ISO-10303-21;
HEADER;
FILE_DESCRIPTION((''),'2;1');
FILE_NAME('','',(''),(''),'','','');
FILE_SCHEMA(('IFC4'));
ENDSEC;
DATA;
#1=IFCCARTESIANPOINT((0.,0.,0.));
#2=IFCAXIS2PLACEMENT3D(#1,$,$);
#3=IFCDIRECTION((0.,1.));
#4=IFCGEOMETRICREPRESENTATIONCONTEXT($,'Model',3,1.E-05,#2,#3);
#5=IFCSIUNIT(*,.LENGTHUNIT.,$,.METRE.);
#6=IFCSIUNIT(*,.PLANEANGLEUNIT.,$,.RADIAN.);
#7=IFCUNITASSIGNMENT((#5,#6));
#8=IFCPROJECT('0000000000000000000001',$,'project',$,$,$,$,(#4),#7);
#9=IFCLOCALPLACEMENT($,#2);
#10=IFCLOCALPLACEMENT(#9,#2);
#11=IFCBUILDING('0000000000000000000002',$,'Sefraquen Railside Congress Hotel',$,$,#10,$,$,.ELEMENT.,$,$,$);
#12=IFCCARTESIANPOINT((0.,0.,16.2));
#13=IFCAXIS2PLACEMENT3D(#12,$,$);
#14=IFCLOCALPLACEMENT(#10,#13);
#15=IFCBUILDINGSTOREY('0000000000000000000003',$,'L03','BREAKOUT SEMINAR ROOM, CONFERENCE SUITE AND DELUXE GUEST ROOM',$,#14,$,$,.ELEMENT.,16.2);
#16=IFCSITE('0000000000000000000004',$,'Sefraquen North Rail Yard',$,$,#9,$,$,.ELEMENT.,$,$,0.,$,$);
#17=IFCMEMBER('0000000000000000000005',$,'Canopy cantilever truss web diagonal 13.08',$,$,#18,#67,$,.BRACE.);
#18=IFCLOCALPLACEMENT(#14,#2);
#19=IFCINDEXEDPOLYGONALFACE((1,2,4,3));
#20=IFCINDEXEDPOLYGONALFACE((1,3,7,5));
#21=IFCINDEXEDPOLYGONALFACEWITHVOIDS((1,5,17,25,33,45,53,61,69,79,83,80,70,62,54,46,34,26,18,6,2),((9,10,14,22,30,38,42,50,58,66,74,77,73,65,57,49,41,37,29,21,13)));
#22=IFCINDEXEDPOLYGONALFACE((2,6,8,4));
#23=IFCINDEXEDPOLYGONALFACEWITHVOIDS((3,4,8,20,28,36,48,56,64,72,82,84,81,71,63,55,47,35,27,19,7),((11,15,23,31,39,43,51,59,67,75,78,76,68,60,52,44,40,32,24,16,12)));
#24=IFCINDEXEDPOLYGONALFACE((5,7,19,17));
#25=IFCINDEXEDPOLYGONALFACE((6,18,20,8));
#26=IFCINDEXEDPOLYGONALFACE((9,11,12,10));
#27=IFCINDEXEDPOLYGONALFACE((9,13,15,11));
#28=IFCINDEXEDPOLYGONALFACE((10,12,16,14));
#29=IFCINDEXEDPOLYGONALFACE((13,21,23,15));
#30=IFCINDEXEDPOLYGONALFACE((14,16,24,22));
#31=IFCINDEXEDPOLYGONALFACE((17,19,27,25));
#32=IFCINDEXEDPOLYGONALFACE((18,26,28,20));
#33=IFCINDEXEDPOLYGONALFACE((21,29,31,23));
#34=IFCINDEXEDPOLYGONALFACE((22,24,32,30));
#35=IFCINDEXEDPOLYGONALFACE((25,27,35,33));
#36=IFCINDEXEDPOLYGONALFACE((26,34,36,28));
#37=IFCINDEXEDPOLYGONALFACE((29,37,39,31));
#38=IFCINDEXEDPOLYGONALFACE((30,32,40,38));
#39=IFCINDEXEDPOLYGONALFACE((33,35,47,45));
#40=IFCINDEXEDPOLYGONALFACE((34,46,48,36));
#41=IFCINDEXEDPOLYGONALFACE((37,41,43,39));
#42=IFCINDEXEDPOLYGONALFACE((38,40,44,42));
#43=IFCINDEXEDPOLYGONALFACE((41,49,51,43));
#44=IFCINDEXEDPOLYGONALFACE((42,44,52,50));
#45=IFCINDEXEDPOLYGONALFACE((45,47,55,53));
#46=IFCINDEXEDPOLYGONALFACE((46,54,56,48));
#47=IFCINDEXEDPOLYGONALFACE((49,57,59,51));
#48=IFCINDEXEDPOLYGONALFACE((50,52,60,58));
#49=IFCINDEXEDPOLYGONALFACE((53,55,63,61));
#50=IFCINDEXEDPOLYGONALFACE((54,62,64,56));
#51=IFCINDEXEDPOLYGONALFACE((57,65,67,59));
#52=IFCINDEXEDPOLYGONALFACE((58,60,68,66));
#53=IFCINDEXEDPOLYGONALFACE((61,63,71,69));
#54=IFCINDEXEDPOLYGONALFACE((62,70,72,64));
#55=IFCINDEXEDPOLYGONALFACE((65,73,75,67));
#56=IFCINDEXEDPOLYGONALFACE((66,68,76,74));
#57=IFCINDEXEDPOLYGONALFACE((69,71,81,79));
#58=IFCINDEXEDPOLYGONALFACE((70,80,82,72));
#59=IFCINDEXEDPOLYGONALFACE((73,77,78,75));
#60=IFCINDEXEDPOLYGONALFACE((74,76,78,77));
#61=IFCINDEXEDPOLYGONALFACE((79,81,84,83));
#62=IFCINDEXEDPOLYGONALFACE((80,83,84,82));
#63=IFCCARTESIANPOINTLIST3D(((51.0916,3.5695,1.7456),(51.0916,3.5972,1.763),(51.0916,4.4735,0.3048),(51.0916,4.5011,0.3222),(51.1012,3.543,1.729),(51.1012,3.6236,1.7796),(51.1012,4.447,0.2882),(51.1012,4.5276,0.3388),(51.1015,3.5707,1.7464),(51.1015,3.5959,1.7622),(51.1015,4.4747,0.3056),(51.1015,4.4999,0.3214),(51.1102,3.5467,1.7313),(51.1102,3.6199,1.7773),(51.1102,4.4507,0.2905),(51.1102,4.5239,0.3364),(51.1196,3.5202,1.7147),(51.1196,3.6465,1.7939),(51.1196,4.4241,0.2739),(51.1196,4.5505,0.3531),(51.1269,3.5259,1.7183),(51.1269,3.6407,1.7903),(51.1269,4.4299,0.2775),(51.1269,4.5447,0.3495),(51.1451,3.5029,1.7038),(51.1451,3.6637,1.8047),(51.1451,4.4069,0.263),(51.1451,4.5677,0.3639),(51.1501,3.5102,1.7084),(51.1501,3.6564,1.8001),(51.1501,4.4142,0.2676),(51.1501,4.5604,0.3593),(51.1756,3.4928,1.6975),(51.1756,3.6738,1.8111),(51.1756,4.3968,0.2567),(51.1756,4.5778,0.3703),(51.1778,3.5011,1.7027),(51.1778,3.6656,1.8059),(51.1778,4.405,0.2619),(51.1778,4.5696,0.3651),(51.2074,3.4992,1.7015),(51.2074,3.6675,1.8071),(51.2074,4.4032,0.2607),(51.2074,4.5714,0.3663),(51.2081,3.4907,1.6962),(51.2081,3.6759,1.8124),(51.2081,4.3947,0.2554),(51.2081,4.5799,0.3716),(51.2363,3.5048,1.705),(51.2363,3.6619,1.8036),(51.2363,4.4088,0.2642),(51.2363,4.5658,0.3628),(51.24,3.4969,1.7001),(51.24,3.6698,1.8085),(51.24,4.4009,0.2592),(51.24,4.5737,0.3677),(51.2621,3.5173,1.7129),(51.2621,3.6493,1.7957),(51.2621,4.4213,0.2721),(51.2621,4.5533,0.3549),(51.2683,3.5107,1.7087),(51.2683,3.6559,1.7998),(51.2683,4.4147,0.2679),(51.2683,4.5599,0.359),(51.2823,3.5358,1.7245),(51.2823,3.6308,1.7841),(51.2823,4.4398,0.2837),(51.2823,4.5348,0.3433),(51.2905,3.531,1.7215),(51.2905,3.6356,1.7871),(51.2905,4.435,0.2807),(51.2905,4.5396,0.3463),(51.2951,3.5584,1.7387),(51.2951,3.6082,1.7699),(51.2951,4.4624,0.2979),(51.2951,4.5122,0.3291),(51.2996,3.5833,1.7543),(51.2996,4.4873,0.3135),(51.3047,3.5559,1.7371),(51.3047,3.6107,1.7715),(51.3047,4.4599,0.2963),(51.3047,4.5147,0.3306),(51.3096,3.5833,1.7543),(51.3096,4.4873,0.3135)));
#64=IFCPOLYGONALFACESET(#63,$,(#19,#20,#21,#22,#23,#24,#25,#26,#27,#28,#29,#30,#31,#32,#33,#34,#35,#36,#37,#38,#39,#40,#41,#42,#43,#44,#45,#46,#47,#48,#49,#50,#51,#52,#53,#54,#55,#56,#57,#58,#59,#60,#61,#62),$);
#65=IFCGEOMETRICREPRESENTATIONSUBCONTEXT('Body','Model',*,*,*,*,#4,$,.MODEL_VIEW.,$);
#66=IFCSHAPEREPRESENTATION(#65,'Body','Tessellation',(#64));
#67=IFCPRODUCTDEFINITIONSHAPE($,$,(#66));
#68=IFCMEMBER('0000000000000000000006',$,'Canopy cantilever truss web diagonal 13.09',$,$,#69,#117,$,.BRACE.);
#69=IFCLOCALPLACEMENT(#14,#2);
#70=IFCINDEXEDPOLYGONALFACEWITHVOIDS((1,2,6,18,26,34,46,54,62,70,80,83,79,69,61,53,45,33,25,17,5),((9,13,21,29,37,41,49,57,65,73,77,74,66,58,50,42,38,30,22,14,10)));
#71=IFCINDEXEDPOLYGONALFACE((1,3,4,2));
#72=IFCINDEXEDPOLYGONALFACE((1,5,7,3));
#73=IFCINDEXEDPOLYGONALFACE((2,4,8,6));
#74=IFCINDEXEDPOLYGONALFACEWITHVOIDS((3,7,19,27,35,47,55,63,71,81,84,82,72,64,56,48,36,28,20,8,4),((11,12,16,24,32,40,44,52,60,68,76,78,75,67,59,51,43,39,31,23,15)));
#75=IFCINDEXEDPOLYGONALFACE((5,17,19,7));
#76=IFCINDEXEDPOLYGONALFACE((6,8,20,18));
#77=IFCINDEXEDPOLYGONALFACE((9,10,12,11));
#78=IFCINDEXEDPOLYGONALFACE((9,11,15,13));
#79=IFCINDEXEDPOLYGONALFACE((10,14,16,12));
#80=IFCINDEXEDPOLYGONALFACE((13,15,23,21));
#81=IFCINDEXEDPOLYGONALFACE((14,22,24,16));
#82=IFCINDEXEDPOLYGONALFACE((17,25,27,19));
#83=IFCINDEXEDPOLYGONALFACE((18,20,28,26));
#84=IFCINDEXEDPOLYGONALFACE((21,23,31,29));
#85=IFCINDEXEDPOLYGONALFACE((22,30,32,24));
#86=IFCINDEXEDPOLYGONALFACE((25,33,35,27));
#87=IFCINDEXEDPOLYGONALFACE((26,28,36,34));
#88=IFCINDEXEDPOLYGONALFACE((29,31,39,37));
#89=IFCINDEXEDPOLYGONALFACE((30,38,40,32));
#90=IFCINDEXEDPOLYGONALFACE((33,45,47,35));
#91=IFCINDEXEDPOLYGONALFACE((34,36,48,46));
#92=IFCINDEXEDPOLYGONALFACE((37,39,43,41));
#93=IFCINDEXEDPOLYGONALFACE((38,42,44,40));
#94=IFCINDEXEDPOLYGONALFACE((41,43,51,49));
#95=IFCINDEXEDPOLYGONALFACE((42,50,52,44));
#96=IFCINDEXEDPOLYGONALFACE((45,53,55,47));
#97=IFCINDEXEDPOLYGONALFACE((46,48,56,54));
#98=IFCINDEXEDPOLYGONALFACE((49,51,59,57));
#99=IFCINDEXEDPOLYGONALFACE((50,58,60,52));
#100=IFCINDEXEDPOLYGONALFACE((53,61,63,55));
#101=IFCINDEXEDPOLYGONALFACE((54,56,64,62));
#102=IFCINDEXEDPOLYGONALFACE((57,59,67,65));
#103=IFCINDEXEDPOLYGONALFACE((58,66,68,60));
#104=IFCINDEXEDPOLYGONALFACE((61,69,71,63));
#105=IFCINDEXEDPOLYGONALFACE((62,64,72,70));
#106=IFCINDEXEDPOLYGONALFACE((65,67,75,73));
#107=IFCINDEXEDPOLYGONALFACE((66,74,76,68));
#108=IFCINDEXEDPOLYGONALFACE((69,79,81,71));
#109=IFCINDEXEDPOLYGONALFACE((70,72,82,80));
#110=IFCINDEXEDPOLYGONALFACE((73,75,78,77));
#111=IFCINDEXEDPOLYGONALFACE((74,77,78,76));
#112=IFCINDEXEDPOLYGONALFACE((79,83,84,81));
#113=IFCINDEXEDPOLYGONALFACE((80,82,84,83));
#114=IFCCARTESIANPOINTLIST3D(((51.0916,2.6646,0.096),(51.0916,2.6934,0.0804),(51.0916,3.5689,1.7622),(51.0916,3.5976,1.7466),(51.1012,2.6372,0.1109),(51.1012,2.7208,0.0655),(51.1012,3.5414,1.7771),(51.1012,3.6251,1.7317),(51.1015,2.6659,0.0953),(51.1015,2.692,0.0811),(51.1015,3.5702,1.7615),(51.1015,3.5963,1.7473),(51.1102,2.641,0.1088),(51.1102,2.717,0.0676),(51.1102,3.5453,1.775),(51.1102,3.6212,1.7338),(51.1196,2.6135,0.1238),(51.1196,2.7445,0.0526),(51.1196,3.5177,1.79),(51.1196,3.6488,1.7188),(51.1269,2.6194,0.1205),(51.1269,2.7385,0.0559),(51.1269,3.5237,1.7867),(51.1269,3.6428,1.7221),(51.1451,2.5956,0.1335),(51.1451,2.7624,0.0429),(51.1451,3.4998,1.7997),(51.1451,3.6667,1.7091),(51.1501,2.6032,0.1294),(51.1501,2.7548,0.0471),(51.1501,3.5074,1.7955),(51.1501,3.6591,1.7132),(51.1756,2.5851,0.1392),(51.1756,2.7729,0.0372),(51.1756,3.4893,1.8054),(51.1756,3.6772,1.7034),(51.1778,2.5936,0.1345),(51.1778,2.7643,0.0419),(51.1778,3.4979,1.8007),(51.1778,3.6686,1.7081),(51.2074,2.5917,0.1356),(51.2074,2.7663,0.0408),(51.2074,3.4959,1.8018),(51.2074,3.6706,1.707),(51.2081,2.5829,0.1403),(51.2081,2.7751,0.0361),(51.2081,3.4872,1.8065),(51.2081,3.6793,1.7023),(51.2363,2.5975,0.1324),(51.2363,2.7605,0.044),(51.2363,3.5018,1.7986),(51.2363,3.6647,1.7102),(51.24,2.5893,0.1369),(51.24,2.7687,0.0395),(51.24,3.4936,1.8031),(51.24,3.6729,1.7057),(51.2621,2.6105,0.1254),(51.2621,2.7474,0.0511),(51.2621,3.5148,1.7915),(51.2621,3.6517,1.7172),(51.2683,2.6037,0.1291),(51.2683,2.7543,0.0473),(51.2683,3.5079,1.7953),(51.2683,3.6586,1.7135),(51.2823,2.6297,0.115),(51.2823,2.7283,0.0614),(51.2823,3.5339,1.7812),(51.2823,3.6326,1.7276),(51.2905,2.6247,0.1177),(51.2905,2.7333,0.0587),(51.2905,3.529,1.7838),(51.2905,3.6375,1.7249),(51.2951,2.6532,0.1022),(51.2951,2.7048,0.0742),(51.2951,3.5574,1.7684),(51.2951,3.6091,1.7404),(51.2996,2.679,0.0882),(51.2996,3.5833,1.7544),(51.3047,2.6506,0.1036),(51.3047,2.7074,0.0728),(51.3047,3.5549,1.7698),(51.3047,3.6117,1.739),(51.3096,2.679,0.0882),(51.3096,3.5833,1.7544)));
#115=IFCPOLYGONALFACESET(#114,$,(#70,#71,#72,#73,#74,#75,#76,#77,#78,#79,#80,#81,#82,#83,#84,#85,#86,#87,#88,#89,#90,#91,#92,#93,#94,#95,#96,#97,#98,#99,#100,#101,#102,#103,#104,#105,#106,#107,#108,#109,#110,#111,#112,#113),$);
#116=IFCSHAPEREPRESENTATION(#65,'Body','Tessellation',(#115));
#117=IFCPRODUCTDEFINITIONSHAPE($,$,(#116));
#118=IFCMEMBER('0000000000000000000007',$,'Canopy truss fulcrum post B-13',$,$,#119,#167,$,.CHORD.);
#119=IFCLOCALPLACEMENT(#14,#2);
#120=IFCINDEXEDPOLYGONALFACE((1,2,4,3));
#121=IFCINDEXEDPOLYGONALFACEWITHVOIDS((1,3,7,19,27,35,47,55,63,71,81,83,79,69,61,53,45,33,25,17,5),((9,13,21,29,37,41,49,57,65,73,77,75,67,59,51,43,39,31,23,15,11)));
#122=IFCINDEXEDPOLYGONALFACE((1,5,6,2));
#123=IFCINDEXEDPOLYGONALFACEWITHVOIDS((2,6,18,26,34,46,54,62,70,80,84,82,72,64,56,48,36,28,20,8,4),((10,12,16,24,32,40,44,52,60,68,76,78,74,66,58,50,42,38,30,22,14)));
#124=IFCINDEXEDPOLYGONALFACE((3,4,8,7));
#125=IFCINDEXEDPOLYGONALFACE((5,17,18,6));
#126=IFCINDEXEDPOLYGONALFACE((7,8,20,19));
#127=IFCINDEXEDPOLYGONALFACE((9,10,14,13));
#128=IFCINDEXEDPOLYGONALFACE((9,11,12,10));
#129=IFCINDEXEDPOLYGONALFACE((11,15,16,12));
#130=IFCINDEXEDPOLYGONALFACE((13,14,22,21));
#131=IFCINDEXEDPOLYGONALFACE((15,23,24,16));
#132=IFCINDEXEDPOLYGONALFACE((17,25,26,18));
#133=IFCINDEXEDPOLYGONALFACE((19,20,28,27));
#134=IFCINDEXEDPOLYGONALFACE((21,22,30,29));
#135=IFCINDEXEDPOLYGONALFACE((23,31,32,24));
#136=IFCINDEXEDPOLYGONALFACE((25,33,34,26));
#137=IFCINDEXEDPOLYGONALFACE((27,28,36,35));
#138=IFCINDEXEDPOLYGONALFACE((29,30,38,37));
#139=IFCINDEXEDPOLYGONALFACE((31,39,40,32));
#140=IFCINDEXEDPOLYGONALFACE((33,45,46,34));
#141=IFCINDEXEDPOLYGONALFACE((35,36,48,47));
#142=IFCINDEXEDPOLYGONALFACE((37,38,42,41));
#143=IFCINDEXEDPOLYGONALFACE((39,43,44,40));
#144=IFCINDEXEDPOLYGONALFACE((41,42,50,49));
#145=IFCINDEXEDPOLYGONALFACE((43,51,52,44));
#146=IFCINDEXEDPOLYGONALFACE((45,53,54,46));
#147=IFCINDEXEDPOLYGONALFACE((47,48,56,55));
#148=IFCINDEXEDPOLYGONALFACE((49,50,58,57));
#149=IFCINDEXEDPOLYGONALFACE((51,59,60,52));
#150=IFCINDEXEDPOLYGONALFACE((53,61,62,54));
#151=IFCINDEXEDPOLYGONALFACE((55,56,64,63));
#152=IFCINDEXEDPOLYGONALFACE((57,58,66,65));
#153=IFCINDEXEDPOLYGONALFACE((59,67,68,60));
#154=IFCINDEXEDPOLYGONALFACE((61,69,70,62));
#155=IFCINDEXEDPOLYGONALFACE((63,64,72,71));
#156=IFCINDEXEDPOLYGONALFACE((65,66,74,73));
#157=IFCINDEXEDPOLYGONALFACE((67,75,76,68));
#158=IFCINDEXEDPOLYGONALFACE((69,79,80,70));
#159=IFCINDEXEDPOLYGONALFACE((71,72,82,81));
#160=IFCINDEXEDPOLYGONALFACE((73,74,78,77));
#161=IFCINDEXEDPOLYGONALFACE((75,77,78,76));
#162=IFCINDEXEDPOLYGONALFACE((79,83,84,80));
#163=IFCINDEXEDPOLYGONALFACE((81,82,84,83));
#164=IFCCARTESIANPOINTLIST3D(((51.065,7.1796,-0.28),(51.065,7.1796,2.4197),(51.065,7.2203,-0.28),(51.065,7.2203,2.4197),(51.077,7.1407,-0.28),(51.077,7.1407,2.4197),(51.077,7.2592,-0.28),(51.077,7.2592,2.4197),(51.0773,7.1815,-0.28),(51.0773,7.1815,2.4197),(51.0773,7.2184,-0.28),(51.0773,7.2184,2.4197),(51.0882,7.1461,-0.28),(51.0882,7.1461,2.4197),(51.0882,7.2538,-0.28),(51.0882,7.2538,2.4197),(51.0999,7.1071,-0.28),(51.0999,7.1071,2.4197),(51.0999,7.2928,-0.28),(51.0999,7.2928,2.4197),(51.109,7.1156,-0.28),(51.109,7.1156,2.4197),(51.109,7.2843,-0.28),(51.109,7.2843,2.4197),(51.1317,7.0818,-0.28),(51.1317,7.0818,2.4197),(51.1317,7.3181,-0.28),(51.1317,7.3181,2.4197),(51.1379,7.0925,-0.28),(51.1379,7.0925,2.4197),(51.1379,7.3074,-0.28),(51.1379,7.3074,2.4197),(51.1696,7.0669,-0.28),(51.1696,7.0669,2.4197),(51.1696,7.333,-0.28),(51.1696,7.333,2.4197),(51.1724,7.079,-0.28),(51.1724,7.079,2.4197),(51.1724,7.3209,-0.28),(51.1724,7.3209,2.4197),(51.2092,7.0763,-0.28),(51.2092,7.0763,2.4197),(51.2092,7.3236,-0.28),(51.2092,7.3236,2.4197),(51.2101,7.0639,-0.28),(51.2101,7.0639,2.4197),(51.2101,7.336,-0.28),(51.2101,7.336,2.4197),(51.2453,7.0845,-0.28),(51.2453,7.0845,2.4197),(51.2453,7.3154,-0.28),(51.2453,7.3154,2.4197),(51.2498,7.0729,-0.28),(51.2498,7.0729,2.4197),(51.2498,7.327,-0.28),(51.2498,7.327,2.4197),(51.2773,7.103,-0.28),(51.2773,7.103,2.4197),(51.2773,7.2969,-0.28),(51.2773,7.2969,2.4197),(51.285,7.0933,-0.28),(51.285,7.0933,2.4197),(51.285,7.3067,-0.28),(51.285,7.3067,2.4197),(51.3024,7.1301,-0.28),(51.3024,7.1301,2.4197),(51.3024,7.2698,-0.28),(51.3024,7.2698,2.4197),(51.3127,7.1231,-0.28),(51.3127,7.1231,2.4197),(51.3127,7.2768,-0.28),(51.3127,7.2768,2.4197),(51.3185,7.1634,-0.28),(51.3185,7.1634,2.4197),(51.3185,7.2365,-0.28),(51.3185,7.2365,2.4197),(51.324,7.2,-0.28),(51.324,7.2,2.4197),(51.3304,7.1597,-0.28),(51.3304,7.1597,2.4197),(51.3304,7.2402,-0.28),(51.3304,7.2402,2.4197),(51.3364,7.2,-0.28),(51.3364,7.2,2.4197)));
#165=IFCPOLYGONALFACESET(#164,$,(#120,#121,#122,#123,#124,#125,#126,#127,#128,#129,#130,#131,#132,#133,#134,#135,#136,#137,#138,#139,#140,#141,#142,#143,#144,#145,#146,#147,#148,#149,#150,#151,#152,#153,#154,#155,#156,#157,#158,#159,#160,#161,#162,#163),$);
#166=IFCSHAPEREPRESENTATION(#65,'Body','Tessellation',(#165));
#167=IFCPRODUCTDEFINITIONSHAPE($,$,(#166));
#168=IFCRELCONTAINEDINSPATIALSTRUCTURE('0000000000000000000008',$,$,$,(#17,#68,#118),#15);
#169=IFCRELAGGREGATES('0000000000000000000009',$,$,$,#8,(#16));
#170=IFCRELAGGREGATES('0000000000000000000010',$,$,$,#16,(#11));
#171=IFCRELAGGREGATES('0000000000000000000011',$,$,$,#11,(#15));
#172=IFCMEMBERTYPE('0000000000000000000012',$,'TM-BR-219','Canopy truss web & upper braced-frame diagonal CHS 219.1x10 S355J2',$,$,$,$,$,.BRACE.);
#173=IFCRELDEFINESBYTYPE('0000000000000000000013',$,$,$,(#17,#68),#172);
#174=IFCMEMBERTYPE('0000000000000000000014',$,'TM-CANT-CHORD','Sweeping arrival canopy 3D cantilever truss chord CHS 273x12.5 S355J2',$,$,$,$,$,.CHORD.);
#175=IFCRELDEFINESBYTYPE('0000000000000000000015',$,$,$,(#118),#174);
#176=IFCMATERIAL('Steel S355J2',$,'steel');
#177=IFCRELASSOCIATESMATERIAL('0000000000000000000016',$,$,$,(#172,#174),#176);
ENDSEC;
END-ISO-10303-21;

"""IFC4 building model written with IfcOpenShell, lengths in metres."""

from ifc_helpers import new_model, si_unit, direction, frame, origin, origin_2d, place, context, subcontext, project, spatial, hollow_circle, extrude, material, material_profile, profile_set, type_object, element, save


model = new_model("IFC4")

# Units and contexts
model_context = context("Model", 3, precision=1e-05, world=origin(), true_north=direction((0.0, 1.0)))
body_context = subcontext(model_context, "Body", "Model", "MODEL_VIEW")
ifc_project = project(units=[si_unit("LENGTHUNIT", "METRE"), si_unit("PLANEANGLEUNIT", "RADIAN")], contexts=[model_context])

# Site, building, storey
site_placement = place(None, origin())
site = spatial("IfcSite", under=ifc_project, at=site_placement, Name="Sefraquen North Rail Yard", CompositionType="ELEMENT", RefElevation=0.0)
building_placement = place(site_placement, origin())
building = spatial("IfcBuilding", under=site, at=building_placement, Name="Sefraquen Railside Congress Hotel", CompositionType="ELEMENT")
storey_placement = place(building_placement, frame((0.0, 0.0, 16.2)))
storey = spatial("IfcBuildingStorey", under=building, at=storey_placement, Name="L03", Description="BREAKOUT SEMINAR ROOM, CONFERENCE SUITE AND DELUXE GUEST ROOM", CompositionType="ELEMENT", Elevation=16.2)

# Members
ifc_material_1 = material(Name="Steel S355J2", Category="steel")
ifc_material_profile_1 = material_profile(ifc_material_1, hollow_circle(Radius=0.1096, WallThickness=0.01, at=origin_2d()), Name="CHS 219.1x10")
ifc_profile_set_1 = profile_set([ifc_material_profile_1], Name="Steel S355J2")
member_type_1 = type_object("IfcMemberType", Name="TM-BR-219", Description="Canopy truss web & upper braced-frame diagonal CHS 219.1x10 S355J2", PredefinedType="BRACE", material=ifc_profile_set_1)
member_1_placement = place(storey_placement, frame((51.2, 4.4873, 0.3135), z_axis=(0.0, -0.531469, 0.847078), x_axis=(1.0, 0.0, 0.0)))
element("IfcMember", 1, at=member_1_placement, inside=storey, type_object=member_type_1, Name="Canopy cantilever truss web diagonal 13.08", PredefinedType="BRACE", context=body_context, shape_type="SweptSolid", body=[
    extrude(hollow_circle(Radius=0.1096, WallThickness=0.01, at=origin_2d()), origin(), (0.0, 0.0, 1.0), 1.7009),
])
member_2_placement = place(storey_placement, frame((51.2, 3.5833, 1.7544), z_axis=(0.0, -0.476992, -0.878907), x_axis=(1.0, 0.0, 0.0)))
element("IfcMember", 2, at=member_2_placement, inside=storey, type_object=member_type_1, Name="Canopy cantilever truss web diagonal 13.09", PredefinedType="BRACE", context=body_context, shape_type="SweptSolid", body=[
    extrude(hollow_circle(Radius=0.1096, WallThickness=0.01, at=origin_2d()), origin(), (0.0, 0.0, 1.0), 1.8958),
])
ifc_material_profile_2 = material_profile(ifc_material_1, hollow_circle(Radius=0.1365, WallThickness=0.0125, at=origin_2d()), Name="CHS 273x12.5")
ifc_profile_set_2 = profile_set([ifc_material_profile_2], Name="Steel S355J2")
member_type_2 = type_object("IfcMemberType", Name="TM-CANT-CHORD", Description="Sweeping arrival canopy 3D cantilever truss chord CHS 273x12.5 S355J2", PredefinedType="CHORD", material=ifc_profile_set_2)
member_3_placement = place(storey_placement, frame((51.2, 7.2, -0.28), z_axis=(0.0, 0.0, 1.0), x_axis=(1.0, 0.0, 0.0)))
element("IfcMember", 3, at=member_3_placement, inside=storey, type_object=member_type_2, Name="Canopy truss fulcrum post B-13", PredefinedType="CHORD", context=body_context, shape_type="SweptSolid", body=[
    extrude(hollow_circle(Radius=0.1365, WallThickness=0.0125, at=origin_2d()), origin(), (0.0, 0.0, 1.0), 2.6997),
])

save(model, "model.ifc")
